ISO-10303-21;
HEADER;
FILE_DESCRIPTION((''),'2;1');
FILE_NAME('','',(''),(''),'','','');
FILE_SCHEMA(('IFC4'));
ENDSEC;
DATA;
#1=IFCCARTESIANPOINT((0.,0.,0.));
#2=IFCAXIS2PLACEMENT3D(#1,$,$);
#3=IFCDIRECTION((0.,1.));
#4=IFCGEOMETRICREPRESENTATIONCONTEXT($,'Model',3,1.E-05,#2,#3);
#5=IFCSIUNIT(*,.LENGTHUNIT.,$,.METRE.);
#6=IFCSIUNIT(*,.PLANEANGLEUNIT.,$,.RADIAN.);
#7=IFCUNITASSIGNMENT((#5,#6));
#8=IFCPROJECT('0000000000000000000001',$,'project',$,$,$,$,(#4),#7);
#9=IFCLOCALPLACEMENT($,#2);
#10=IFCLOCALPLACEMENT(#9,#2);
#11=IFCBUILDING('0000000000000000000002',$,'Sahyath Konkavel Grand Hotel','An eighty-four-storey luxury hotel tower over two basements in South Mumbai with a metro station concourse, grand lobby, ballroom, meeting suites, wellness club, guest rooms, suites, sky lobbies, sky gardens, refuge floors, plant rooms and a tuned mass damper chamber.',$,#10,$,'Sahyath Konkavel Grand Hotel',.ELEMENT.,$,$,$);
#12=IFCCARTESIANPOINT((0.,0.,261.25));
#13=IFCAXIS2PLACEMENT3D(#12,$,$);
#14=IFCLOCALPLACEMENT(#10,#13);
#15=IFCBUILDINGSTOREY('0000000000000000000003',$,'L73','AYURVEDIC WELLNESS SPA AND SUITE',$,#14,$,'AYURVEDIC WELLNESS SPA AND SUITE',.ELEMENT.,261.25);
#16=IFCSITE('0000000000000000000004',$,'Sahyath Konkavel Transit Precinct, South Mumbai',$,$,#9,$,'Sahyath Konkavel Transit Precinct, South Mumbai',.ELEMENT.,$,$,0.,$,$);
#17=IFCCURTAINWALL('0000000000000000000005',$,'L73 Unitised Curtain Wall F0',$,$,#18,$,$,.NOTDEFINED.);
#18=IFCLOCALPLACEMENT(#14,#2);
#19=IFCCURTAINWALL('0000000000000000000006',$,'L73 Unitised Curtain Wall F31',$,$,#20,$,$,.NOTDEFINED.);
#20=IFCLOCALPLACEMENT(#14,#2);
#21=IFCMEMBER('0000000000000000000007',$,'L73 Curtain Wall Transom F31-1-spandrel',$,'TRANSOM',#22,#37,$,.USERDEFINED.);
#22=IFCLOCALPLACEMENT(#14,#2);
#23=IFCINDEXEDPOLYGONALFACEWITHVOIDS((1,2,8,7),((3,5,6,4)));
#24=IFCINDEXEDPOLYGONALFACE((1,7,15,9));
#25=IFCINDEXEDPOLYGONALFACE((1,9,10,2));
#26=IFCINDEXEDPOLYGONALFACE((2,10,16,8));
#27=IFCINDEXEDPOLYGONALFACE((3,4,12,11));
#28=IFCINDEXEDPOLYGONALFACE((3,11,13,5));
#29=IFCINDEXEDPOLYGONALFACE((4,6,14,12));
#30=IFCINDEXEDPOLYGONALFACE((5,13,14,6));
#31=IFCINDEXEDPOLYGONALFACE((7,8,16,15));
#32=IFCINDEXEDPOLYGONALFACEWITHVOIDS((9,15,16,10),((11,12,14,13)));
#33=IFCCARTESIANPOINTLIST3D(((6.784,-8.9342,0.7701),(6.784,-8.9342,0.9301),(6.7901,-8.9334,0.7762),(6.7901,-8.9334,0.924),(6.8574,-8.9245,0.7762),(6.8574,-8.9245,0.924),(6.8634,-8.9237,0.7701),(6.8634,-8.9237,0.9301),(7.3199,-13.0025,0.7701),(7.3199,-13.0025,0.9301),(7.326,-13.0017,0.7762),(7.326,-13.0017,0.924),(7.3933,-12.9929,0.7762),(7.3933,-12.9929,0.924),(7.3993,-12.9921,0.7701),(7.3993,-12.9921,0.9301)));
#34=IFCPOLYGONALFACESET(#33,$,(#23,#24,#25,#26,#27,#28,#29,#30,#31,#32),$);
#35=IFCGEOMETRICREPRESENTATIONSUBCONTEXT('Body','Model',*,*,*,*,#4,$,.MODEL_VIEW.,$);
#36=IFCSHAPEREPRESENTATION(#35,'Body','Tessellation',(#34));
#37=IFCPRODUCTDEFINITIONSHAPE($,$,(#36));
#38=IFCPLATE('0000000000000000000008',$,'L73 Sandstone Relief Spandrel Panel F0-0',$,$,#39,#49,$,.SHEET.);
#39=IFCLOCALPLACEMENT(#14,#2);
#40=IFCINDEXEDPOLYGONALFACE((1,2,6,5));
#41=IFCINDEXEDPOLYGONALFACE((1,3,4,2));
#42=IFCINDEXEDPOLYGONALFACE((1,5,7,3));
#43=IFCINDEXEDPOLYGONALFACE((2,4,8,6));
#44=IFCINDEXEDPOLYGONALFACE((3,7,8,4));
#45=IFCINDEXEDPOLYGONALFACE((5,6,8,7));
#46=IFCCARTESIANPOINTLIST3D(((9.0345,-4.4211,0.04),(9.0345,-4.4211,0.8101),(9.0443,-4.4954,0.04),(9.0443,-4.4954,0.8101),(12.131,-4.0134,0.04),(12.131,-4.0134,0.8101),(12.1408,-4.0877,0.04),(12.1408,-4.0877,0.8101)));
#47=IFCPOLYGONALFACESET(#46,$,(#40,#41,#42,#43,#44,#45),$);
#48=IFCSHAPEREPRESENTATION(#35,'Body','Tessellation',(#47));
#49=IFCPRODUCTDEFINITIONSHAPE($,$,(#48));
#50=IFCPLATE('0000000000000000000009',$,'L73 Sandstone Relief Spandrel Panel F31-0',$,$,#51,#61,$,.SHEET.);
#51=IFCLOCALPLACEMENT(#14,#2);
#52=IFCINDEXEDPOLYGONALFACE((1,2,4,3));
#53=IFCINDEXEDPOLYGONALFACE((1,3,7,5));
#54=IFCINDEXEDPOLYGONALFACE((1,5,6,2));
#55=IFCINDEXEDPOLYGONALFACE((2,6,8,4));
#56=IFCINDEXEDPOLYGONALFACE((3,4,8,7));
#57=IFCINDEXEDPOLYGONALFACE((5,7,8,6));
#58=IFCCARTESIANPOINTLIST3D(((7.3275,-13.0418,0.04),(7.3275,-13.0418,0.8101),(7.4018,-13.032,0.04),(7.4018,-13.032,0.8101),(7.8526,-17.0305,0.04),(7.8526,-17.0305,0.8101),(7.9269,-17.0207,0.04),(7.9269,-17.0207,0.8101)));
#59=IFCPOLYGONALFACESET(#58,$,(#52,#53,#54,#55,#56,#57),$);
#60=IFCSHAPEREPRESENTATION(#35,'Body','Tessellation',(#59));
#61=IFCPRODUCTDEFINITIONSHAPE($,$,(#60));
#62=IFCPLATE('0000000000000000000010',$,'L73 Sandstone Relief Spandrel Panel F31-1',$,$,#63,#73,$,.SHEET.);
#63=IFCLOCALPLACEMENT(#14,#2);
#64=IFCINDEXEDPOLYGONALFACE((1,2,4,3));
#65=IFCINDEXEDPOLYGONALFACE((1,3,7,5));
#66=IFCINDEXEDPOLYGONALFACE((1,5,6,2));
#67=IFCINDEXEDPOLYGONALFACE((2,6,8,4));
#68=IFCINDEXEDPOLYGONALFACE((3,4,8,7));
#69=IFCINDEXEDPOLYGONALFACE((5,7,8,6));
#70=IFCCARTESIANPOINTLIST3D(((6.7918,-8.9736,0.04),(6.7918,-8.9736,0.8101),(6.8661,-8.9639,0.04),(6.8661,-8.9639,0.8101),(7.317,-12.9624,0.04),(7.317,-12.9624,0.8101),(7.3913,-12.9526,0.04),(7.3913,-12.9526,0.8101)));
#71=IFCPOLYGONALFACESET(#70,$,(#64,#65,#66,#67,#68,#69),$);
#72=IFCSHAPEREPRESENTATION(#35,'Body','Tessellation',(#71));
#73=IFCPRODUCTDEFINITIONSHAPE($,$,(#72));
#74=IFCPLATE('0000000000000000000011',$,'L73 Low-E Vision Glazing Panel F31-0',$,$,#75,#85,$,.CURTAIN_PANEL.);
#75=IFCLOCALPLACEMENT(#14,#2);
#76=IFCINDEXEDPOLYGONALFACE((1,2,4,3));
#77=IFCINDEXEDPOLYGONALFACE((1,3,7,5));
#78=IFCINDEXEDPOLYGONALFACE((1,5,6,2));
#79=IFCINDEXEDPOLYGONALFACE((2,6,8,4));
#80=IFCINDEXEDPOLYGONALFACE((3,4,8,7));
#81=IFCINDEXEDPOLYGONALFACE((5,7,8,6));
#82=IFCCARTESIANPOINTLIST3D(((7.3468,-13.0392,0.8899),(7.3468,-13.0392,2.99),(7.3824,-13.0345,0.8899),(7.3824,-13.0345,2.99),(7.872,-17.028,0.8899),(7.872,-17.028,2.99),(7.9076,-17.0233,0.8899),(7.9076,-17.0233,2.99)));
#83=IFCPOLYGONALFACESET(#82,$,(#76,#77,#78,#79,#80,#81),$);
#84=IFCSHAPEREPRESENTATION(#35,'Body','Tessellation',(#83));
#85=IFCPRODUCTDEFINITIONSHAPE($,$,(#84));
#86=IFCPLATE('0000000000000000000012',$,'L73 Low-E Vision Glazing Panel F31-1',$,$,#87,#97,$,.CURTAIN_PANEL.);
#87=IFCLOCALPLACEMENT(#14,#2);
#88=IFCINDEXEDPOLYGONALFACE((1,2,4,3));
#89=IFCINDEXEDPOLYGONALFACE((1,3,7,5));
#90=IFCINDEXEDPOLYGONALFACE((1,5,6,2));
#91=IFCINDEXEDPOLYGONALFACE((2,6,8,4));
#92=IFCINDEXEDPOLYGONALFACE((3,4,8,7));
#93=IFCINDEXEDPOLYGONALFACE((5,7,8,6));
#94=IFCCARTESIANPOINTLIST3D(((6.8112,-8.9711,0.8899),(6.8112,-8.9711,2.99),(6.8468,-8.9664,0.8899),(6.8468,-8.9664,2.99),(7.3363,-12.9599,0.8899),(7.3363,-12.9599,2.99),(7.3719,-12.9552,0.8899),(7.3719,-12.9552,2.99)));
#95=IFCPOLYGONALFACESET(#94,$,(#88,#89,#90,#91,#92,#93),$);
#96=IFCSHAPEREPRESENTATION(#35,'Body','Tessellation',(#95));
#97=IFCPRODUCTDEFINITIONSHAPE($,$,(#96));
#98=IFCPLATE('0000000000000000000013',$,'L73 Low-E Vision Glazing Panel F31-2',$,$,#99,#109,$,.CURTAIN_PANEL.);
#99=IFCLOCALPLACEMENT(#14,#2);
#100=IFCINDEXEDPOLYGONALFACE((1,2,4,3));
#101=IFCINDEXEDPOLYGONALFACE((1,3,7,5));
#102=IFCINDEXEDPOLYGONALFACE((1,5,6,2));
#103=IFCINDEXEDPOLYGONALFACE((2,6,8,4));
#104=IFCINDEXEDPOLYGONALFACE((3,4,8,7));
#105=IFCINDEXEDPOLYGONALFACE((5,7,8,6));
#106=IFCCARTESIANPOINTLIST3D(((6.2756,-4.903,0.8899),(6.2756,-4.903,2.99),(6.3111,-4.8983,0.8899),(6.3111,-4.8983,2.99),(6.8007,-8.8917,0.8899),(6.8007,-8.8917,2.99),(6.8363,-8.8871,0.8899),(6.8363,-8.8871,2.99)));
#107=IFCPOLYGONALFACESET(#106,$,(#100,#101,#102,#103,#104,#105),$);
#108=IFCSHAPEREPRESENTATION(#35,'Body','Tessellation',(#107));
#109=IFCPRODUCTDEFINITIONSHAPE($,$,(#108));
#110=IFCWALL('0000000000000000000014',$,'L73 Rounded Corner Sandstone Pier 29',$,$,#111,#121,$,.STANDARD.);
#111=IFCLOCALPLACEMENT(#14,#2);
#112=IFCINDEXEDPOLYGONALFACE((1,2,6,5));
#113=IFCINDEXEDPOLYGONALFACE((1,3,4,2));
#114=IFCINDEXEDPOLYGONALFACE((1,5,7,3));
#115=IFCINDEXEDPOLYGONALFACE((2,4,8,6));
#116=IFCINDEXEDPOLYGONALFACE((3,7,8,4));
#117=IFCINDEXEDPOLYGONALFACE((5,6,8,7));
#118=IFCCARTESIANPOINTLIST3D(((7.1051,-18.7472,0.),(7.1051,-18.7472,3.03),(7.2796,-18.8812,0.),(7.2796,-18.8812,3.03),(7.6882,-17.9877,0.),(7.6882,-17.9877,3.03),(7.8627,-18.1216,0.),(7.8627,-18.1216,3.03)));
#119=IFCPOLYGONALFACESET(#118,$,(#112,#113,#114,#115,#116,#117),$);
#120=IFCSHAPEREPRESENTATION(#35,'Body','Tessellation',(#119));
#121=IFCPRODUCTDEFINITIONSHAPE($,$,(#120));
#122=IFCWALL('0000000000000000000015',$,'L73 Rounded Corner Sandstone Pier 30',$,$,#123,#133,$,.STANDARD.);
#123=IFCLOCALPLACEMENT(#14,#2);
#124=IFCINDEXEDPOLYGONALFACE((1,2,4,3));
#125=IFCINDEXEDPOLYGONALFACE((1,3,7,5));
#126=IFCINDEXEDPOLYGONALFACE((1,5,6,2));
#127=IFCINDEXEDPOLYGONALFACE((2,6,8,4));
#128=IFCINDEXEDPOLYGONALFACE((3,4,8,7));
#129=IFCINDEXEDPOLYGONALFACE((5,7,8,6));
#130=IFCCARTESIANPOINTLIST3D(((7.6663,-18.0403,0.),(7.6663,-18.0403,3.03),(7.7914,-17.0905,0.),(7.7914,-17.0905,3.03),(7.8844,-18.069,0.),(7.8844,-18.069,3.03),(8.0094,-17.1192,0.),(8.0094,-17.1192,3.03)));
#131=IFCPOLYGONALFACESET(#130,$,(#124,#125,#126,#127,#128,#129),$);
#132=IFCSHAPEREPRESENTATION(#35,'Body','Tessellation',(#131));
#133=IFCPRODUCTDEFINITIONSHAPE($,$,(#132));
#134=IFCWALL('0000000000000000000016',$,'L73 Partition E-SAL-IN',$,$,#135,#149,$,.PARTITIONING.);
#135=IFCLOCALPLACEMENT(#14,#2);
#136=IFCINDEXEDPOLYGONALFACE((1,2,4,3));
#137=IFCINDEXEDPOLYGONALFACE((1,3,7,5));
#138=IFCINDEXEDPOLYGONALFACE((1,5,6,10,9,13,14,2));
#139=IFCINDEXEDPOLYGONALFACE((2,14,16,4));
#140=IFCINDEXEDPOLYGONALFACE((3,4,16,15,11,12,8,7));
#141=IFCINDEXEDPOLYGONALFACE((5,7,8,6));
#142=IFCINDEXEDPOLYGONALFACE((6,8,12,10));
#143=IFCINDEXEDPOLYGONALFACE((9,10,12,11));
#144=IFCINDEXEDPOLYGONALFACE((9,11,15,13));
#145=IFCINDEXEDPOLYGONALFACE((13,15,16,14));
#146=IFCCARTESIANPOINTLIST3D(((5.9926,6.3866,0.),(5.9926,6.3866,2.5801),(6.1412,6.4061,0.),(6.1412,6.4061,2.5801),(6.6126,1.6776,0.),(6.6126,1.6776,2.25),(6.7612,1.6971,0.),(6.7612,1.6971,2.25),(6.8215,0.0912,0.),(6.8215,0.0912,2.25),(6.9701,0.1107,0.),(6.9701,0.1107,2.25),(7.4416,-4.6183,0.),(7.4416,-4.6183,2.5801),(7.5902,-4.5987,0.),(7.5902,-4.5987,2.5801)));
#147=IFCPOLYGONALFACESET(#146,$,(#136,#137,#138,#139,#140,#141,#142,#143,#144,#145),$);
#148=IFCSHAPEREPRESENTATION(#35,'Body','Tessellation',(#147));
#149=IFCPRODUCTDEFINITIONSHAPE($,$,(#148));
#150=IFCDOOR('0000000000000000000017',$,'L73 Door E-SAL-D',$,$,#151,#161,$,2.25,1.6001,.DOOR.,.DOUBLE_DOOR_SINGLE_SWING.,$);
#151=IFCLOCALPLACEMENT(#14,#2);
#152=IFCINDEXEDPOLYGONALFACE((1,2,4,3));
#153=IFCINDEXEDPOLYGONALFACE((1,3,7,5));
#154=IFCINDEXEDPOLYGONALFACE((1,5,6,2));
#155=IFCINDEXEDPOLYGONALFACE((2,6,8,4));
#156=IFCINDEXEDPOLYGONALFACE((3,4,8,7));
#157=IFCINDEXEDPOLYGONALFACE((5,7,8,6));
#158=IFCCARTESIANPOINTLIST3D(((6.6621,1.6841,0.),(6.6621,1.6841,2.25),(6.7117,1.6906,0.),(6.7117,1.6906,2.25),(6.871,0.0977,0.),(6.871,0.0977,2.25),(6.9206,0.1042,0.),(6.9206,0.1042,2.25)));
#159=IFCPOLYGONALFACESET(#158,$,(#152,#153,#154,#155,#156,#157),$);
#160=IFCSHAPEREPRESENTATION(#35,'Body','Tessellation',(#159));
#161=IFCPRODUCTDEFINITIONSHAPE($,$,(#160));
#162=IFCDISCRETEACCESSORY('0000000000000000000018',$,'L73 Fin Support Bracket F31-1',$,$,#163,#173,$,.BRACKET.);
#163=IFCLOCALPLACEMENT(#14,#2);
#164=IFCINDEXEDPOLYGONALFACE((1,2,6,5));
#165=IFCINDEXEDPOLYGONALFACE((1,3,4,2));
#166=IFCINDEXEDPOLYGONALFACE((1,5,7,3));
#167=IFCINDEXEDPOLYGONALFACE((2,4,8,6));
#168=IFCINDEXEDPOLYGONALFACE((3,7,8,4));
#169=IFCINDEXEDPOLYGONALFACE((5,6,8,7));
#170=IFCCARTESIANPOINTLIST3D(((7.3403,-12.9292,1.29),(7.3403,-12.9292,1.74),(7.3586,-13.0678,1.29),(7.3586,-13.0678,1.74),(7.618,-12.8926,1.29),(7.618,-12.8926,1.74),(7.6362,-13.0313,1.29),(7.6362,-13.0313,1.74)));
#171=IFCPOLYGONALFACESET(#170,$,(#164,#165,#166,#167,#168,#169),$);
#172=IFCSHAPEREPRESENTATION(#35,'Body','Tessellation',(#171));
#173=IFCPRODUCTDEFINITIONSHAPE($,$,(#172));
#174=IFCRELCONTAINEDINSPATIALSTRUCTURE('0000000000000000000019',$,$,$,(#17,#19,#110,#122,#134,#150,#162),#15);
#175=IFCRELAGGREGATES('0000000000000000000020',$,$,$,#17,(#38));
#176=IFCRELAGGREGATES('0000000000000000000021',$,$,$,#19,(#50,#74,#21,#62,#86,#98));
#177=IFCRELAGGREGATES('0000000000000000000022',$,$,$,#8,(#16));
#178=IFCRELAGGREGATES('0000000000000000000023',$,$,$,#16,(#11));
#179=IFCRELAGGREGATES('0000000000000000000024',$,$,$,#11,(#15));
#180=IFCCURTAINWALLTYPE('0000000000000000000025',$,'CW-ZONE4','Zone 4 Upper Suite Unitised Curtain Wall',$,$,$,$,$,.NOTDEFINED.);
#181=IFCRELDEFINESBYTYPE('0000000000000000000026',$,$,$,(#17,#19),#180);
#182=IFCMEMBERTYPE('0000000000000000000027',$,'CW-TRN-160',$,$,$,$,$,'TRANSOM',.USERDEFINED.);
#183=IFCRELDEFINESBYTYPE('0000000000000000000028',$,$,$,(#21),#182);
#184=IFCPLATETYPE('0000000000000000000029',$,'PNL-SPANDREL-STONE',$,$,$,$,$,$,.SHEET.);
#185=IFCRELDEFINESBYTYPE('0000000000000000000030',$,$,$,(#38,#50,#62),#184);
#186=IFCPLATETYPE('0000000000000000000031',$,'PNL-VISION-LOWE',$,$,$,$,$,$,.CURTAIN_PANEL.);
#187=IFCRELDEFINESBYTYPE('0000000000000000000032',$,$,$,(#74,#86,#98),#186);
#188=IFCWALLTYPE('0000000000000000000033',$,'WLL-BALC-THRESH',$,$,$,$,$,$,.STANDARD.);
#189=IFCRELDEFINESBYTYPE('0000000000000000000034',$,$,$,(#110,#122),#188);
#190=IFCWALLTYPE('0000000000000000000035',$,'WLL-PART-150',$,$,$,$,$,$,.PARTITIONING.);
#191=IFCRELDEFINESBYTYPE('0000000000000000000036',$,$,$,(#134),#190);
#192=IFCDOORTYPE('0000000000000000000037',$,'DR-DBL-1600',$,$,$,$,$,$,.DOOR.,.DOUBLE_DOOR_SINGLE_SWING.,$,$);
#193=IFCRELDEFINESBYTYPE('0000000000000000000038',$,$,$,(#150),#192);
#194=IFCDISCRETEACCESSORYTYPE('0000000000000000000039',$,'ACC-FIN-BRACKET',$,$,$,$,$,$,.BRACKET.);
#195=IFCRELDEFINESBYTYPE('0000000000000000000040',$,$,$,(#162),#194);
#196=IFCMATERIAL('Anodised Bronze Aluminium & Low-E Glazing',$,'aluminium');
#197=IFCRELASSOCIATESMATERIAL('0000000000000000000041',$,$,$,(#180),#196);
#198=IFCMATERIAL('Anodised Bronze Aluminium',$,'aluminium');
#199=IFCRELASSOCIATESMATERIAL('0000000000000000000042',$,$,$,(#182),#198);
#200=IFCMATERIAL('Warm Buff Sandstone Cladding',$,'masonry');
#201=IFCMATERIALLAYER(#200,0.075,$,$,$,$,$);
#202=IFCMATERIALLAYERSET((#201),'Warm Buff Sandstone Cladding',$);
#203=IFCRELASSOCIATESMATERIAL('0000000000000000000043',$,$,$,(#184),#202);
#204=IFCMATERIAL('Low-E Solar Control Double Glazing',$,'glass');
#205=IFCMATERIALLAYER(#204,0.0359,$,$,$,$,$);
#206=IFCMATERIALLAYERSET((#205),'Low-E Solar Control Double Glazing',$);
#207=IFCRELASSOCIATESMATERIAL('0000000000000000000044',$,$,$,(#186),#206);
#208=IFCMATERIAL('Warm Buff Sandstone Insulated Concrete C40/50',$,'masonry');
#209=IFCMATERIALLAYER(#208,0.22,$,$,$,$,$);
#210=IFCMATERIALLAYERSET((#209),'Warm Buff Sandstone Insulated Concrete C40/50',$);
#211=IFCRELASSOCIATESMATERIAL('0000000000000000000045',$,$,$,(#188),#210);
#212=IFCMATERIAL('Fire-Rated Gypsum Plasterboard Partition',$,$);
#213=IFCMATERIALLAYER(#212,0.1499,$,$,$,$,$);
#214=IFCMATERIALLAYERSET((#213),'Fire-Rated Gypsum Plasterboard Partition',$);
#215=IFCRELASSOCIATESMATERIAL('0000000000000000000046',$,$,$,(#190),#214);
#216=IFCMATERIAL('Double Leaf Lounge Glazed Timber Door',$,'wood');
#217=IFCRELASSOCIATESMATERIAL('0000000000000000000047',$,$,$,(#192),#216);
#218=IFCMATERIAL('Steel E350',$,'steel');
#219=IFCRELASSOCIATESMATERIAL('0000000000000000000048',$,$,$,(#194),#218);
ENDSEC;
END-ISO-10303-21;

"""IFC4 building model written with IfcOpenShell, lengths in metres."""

from ifc_helpers import new_model, si_unit, direction, frame, frame_2d, origin, origin_2d, place, context, subcontext, project, spatial, rectangle, hollow_rectangle, extrude, source, transform, mapped, material, layer, layer_set, material_profile, profile_set, type_object, element, fill, aggregate, save


model = new_model("IFC4")

# Units and contexts
model_context = context("Model", 3, precision=1e-05, world=origin(), true_north=direction((0.0, 1.0)))
body_context = subcontext(model_context, "Body", "Model", "MODEL_VIEW")
ifc_project = project(units=[si_unit("LENGTHUNIT", "METRE"), si_unit("PLANEANGLEUNIT", "RADIAN")], contexts=[model_context])

# Site, building, storey
site_placement = place(None, origin())
site = spatial("IfcSite", under=ifc_project, at=site_placement, Name="Sahyath Konkavel Transit Precinct, South Mumbai", LongName="Sahyath Konkavel Transit Precinct, South Mumbai", CompositionType="ELEMENT", RefElevation=0.0)
building_placement = place(site_placement, origin())
building = spatial("IfcBuilding", under=site, at=building_placement, Name="Sahyath Konkavel Grand Hotel", Description="An eighty-four-storey luxury hotel tower over two basements in South Mumbai with a metro station concourse, grand lobby, ballroom, meeting suites, wellness club, guest rooms, suites, sky lobbies, sky gardens, refuge floors, plant rooms and a tuned mass damper chamber.", LongName="Sahyath Konkavel Grand Hotel", CompositionType="ELEMENT")
storey_placement = place(building_placement, frame((0.0, 0.0, 261.25)))
storey = spatial("IfcBuildingStorey", under=building, at=storey_placement, Name="L73", Description="AYURVEDIC WELLNESS SPA AND SUITE", LongName="AYURVEDIC WELLNESS SPA AND SUITE", CompositionType="ELEMENT", Elevation=261.25)

# Curtain wall
ifc_material_1 = material(Name="Anodised Bronze Aluminium & Low-E Glazing", Category="aluminium")
curtain_wall_type = type_object("IfcCurtainWallType", Name="CW-ZONE4", Description="Zone 4 Upper Suite Unitised Curtain Wall", PredefinedType="NOTDEFINED", material=ifc_material_1)
curtain_wall_1_placement = place(storey_placement, origin())
curtain_wall_1 = element("IfcCurtainWall", 1, at=curtain_wall_1_placement, inside=storey, type_object=curtain_wall_type, Name="L73 Unitised Curtain Wall F0", PredefinedType="NOTDEFINED")
ifc_material_2 = material(Name="Anodised Bronze Aluminium", Category="aluminium")

# Curtain wall
curtain_wall_2_placement = place(storey_placement, origin())
curtain_wall_2 = element("IfcCurtainWall", 2, at=curtain_wall_2_placement, inside=storey, type_object=curtain_wall_type, Name="L73 Unitised Curtain Wall F31", PredefinedType="NOTDEFINED")

# Member
ifc_material_profile_1 = material_profile(ifc_material_2, hollow_rectangle(XDim=0.0801, YDim=0.1599, WallThickness=0.0061, at=origin_2d()), Name="RHS 160x80x6")
ifc_profile_set_1 = profile_set([ifc_material_profile_1], Name="Anodised Bronze Aluminium")
member_type_1 = type_object("IfcMemberType", Name="CW-TRN-160", ElementType="TRANSOM", PredefinedType="USERDEFINED", material=ifc_profile_set_1)
shared_shape_1 = source(origin(), body_context, "Body", "SweptSolid", [
    extrude(hollow_rectangle(XDim=0.0801, YDim=0.1599, WallThickness=0.0061, at=origin_2d()), origin(), (0.0, 0.0, 1.0), 4.1035),
])
member_1_placement = place(storey_placement, frame((7.3596, -12.9973, 0.8501), z_axis=(-0.130593, 0.991436, 0.0), x_axis=(-0.991436, -0.130593, 0.0)))
member_1 = element("IfcMember", 3, at=member_1_placement, type_object=member_type_1, Name="L73 Curtain Wall Transom F31-1-spandrel", ObjectType="TRANSOM", PredefinedType="USERDEFINED", context=body_context, shape_type="MappedRepresentation", body=[
    mapped(shared_shape_1, transform((0.0, 0.0, 0.0), scale=1.0)),
])

# Plates
ifc_material_3 = material(Name="Warm Buff Sandstone Cladding", Category="masonry")
ifc_layer_1 = layer(ifc_material_3, 0.075)
ifc_layer_set_1 = layer_set([ifc_layer_1], Name="Warm Buff Sandstone Cladding")
plate_type_1 = type_object("IfcPlateType", Name="PNL-SPANDREL-STONE", PredefinedType="SHEET", material=ifc_layer_set_1)
shared_shape_2 = source(origin(), body_context, "Body", "SweptSolid", [
    extrude(rectangle(XDim=3.1233, YDim=0.075, at=origin_2d()), origin(), (0.0, 0.0, 1.0), 0.77),
])
plate_1_placement = place(storey_placement, frame((10.5876, -4.2544, 0.04), z_axis=(0.0, 0.0, 1.0), x_axis=(0.991445, 0.130526, 0.0)))
plate_1 = element("IfcPlate", 4, at=plate_1_placement, type_object=plate_type_1, Name="L73 Sandstone Relief Spandrel Panel F0-0", PredefinedType="SHEET", context=body_context, shape_type="MappedRepresentation", body=[
    mapped(shared_shape_2, transform((0.0, 0.0, 0.0), scale=1.0)),
])
aggregate(curtain_wall_1, [plate_1])
shared_shape_3 = source(origin(), body_context, "Body", "SweptSolid", [
    extrude(rectangle(XDim=4.0232, YDim=0.075, at=origin_2d()), origin(), (0.0, 0.0, 1.0), 0.77),
])
plate_2_placement = place(storey_placement, frame((7.6272, -15.0312, 0.04), z_axis=(0.0, 0.0, 1.0), x_axis=(-0.130526, 0.991445, 0.0)))
plate_2 = element("IfcPlate", 5, at=plate_2_placement, type_object=plate_type_1, Name="L73 Sandstone Relief Spandrel Panel F31-0", PredefinedType="SHEET", context=body_context, shape_type="MappedRepresentation", body=[
    mapped(shared_shape_3, transform((0.0, 0.0, 0.0), scale=1.0)),
])
plate_3_placement = place(storey_placement, frame((7.0916, -10.9631, 0.04), z_axis=(0.0, 0.0, 1.0), x_axis=(-0.130526, 0.991445, 0.0)))
plate_3 = element("IfcPlate", 6, at=plate_3_placement, type_object=plate_type_1, Name="L73 Sandstone Relief Spandrel Panel F31-1", PredefinedType="SHEET", context=body_context, shape_type="MappedRepresentation", body=[
    mapped(shared_shape_3, transform((0.0, 0.0, 0.0), scale=1.0)),
])
ifc_material_4 = material(Name="Low-E Solar Control Double Glazing", Category="glass")
ifc_layer_2 = layer(ifc_material_4, 0.0359)
ifc_layer_set_2 = layer_set([ifc_layer_2], Name="Low-E Solar Control Double Glazing")
plate_type_2 = type_object("IfcPlateType", Name="PNL-VISION-LOWE", PredefinedType="CURTAIN_PANEL", material=ifc_layer_set_2)
shared_shape_4 = source(origin(), body_context, "Body", "SweptSolid", [
    extrude(rectangle(XDim=4.0232, YDim=0.0359, at=origin_2d()), origin(), (0.0, 0.0, 1.0), 2.1001),
])
plate_4_placement = place(storey_placement, frame((7.6272, -15.0312, 0.8899), z_axis=(0.0, 0.0, 1.0), x_axis=(-0.130526, 0.991445, 0.0)))
plate_4 = element("IfcPlate", 7, at=plate_4_placement, type_object=plate_type_2, Name="L73 Low-E Vision Glazing Panel F31-0", PredefinedType="CURTAIN_PANEL", context=body_context, shape_type="MappedRepresentation", body=[
    mapped(shared_shape_4, transform((0.0, 0.0, 0.0), scale=1.0)),
])
plate_5_placement = place(storey_placement, frame((7.0916, -10.9631, 0.8899), z_axis=(0.0, 0.0, 1.0), x_axis=(-0.130526, 0.991445, 0.0)))
plate_5 = element("IfcPlate", 8, at=plate_5_placement, type_object=plate_type_2, Name="L73 Low-E Vision Glazing Panel F31-1", PredefinedType="CURTAIN_PANEL", context=body_context, shape_type="MappedRepresentation", body=[
    mapped(shared_shape_4, transform((0.0, 0.0, 0.0), scale=1.0)),
])
plate_6_placement = place(storey_placement, frame((6.5559, -6.895, 0.8899), z_axis=(0.0, 0.0, 1.0), x_axis=(-0.130526, 0.991445, 0.0)))
plate_6 = element("IfcPlate", 9, at=plate_6_placement, type_object=plate_type_2, Name="L73 Low-E Vision Glazing Panel F31-2", PredefinedType="CURTAIN_PANEL", context=body_context, shape_type="MappedRepresentation", body=[
    mapped(shared_shape_4, transform((0.0, 0.0, 0.0), scale=1.0)),
])
aggregate(curtain_wall_2, [plate_2, plate_4, member_1, plate_3, plate_5, plate_6])

# Walls
ifc_material_5 = material(Name="Warm Buff Sandstone Insulated Concrete C40/50", Category="masonry")
ifc_layer_3 = layer(ifc_material_5, 0.22)
ifc_layer_set_3 = layer_set([ifc_layer_3], Name="Warm Buff Sandstone Insulated Concrete C40/50")
wall_type_1 = type_object("IfcWallType", Name="WLL-BALC-THRESH", PredefinedType="STANDARD", material=ifc_layer_set_3)
wall_1_placement = place(storey_placement, frame((7.1924, -18.8142, 0.0), z_axis=(0.0, 0.0, 1.0), x_axis=(0.608897, 0.793249, 0.0)))
element("IfcWall", 10, at=wall_1_placement, inside=storey, type_object=wall_type_1, Name="L73 Rounded Corner Sandstone Pier 29", PredefinedType="STANDARD", context=body_context, shape_type="SweptSolid", body=[
    extrude(rectangle(XDim=0.9575, YDim=0.22, at=frame_2d((0.4788, 0.0))), origin(), (0.0, 0.0, 1.0), 3.03),
])
wall_2_placement = place(storey_placement, frame((7.7754, -18.0547, 0.0), z_axis=(0.0, 0.0, 1.0), x_axis=(0.130494, 0.991449, 0.0)))
element("IfcWall", 11, at=wall_2_placement, inside=storey, type_object=wall_type_1, Name="L73 Rounded Corner Sandstone Pier 30", PredefinedType="STANDARD", context=body_context, shape_type="SweptSolid", body=[
    extrude(rectangle(XDim=0.958, YDim=0.22, at=frame_2d((0.479, 0.0))), origin(), (0.0, 0.0, 1.0), 3.03),
])

# Wall, opening, door
ifc_material_6 = material(Name="Fire-Rated Gypsum Plasterboard Partition")
ifc_layer_4 = layer(ifc_material_6, 0.1499)
ifc_layer_set_4 = layer_set([ifc_layer_4], Name="Fire-Rated Gypsum Plasterboard Partition")
wall_type_2 = type_object("IfcWallType", Name="WLL-PART-150", PredefinedType="PARTITIONING", material=ifc_layer_set_4)
wall_3_placement = place(storey_placement, frame((7.5159, -4.6084, 0.0), z_axis=(0.0, 0.0, 1.0), x_axis=(-0.13054, 0.991443, 0.0)))
wall_3 = element("IfcWall", 12, at=wall_3_placement, inside=storey, type_object=wall_type_2, Name="L73 Partition E-SAL-IN", PredefinedType="PARTITIONING", context=body_context, shape_type="SweptSolid", body=[
    extrude(rectangle(XDim=11.0999, YDim=0.1499, at=frame_2d((5.5498, 0.0))), origin(), (0.0, 0.0, 1.0), 2.5801),
])
opening_placement = place(wall_3_placement, frame((4.75, 0.0, 0.0)))
opening = element("IfcOpeningElement", 13, at=opening_placement, cuts=wall_3, PredefinedType="OPENING", context=body_context, shape_type="SweptSolid", body=[
    extrude(rectangle(XDim=1.6001, YDim=2.25, at=frame_2d((0.8, 1.125))), frame((0.0, 0.085, 0.0), z_axis=(0.0, -1.0, 0.0), x_axis=(1.0, 0.0, 0.0)), (0.0, 0.0, 1.0), 0.1699),
])
ifc_material_7 = material(Name="Double Leaf Lounge Glazed Timber Door", Category="wood")
door_type = type_object("IfcDoorType", Name="DR-DBL-1600", OperationType="DOUBLE_DOOR_SINGLE_SWING", PredefinedType="DOOR", material=ifc_material_7)
shared_shape_5 = source(origin(), body_context, "Body", "SweptSolid", [
    extrude(rectangle(XDim=1.6001, YDim=0.05, at=origin_2d()), origin(), (0.0, 0.0, 1.0), 2.25),
])
door_placement = place(opening_placement, frame((0.8, 0.0, 0.0)))
door = element("IfcDoor", 14, at=door_placement, inside=storey, type_object=door_type, Name="L73 Door E-SAL-D", OperationType="DOUBLE_DOOR_SINGLE_SWING", OverallHeight=2.25, OverallWidth=1.6001, PredefinedType="DOOR", context=body_context, shape_type="MappedRepresentation", body=[
    mapped(shared_shape_5, transform((0.0, 0.0, 0.0), scale=1.0)),
])
fill(opening, door)

# Discrete accessory
ifc_material_8 = material(Name="Steel E350", Category="steel")
discrete_accessory_type = type_object("IfcDiscreteAccessoryType", Name="ACC-FIN-BRACKET", PredefinedType="BRACKET", material=ifc_material_8)
shared_shape_6 = source(origin(), body_context, "Body", "SweptSolid", [
    extrude(rectangle(XDim=0.28, YDim=0.1399, at=origin_2d()), origin(), (0.0, 0.0, 1.0), 0.45),
])
discrete_accessory_placement = place(storey_placement, frame((7.4883, -12.9802, 1.29), z_axis=(0.0, 0.0, 1.0), x_axis=(0.991445, 0.130526, 0.0)))
element("IfcDiscreteAccessory", 15, at=discrete_accessory_placement, inside=storey, type_object=discrete_accessory_type, Name="L73 Fin Support Bracket F31-1", PredefinedType="BRACKET", context=body_context, shape_type="MappedRepresentation", body=[
    mapped(shared_shape_6, transform((0.0, 0.0, 0.0), scale=1.0)),
])

save(model, "model.ifc")
